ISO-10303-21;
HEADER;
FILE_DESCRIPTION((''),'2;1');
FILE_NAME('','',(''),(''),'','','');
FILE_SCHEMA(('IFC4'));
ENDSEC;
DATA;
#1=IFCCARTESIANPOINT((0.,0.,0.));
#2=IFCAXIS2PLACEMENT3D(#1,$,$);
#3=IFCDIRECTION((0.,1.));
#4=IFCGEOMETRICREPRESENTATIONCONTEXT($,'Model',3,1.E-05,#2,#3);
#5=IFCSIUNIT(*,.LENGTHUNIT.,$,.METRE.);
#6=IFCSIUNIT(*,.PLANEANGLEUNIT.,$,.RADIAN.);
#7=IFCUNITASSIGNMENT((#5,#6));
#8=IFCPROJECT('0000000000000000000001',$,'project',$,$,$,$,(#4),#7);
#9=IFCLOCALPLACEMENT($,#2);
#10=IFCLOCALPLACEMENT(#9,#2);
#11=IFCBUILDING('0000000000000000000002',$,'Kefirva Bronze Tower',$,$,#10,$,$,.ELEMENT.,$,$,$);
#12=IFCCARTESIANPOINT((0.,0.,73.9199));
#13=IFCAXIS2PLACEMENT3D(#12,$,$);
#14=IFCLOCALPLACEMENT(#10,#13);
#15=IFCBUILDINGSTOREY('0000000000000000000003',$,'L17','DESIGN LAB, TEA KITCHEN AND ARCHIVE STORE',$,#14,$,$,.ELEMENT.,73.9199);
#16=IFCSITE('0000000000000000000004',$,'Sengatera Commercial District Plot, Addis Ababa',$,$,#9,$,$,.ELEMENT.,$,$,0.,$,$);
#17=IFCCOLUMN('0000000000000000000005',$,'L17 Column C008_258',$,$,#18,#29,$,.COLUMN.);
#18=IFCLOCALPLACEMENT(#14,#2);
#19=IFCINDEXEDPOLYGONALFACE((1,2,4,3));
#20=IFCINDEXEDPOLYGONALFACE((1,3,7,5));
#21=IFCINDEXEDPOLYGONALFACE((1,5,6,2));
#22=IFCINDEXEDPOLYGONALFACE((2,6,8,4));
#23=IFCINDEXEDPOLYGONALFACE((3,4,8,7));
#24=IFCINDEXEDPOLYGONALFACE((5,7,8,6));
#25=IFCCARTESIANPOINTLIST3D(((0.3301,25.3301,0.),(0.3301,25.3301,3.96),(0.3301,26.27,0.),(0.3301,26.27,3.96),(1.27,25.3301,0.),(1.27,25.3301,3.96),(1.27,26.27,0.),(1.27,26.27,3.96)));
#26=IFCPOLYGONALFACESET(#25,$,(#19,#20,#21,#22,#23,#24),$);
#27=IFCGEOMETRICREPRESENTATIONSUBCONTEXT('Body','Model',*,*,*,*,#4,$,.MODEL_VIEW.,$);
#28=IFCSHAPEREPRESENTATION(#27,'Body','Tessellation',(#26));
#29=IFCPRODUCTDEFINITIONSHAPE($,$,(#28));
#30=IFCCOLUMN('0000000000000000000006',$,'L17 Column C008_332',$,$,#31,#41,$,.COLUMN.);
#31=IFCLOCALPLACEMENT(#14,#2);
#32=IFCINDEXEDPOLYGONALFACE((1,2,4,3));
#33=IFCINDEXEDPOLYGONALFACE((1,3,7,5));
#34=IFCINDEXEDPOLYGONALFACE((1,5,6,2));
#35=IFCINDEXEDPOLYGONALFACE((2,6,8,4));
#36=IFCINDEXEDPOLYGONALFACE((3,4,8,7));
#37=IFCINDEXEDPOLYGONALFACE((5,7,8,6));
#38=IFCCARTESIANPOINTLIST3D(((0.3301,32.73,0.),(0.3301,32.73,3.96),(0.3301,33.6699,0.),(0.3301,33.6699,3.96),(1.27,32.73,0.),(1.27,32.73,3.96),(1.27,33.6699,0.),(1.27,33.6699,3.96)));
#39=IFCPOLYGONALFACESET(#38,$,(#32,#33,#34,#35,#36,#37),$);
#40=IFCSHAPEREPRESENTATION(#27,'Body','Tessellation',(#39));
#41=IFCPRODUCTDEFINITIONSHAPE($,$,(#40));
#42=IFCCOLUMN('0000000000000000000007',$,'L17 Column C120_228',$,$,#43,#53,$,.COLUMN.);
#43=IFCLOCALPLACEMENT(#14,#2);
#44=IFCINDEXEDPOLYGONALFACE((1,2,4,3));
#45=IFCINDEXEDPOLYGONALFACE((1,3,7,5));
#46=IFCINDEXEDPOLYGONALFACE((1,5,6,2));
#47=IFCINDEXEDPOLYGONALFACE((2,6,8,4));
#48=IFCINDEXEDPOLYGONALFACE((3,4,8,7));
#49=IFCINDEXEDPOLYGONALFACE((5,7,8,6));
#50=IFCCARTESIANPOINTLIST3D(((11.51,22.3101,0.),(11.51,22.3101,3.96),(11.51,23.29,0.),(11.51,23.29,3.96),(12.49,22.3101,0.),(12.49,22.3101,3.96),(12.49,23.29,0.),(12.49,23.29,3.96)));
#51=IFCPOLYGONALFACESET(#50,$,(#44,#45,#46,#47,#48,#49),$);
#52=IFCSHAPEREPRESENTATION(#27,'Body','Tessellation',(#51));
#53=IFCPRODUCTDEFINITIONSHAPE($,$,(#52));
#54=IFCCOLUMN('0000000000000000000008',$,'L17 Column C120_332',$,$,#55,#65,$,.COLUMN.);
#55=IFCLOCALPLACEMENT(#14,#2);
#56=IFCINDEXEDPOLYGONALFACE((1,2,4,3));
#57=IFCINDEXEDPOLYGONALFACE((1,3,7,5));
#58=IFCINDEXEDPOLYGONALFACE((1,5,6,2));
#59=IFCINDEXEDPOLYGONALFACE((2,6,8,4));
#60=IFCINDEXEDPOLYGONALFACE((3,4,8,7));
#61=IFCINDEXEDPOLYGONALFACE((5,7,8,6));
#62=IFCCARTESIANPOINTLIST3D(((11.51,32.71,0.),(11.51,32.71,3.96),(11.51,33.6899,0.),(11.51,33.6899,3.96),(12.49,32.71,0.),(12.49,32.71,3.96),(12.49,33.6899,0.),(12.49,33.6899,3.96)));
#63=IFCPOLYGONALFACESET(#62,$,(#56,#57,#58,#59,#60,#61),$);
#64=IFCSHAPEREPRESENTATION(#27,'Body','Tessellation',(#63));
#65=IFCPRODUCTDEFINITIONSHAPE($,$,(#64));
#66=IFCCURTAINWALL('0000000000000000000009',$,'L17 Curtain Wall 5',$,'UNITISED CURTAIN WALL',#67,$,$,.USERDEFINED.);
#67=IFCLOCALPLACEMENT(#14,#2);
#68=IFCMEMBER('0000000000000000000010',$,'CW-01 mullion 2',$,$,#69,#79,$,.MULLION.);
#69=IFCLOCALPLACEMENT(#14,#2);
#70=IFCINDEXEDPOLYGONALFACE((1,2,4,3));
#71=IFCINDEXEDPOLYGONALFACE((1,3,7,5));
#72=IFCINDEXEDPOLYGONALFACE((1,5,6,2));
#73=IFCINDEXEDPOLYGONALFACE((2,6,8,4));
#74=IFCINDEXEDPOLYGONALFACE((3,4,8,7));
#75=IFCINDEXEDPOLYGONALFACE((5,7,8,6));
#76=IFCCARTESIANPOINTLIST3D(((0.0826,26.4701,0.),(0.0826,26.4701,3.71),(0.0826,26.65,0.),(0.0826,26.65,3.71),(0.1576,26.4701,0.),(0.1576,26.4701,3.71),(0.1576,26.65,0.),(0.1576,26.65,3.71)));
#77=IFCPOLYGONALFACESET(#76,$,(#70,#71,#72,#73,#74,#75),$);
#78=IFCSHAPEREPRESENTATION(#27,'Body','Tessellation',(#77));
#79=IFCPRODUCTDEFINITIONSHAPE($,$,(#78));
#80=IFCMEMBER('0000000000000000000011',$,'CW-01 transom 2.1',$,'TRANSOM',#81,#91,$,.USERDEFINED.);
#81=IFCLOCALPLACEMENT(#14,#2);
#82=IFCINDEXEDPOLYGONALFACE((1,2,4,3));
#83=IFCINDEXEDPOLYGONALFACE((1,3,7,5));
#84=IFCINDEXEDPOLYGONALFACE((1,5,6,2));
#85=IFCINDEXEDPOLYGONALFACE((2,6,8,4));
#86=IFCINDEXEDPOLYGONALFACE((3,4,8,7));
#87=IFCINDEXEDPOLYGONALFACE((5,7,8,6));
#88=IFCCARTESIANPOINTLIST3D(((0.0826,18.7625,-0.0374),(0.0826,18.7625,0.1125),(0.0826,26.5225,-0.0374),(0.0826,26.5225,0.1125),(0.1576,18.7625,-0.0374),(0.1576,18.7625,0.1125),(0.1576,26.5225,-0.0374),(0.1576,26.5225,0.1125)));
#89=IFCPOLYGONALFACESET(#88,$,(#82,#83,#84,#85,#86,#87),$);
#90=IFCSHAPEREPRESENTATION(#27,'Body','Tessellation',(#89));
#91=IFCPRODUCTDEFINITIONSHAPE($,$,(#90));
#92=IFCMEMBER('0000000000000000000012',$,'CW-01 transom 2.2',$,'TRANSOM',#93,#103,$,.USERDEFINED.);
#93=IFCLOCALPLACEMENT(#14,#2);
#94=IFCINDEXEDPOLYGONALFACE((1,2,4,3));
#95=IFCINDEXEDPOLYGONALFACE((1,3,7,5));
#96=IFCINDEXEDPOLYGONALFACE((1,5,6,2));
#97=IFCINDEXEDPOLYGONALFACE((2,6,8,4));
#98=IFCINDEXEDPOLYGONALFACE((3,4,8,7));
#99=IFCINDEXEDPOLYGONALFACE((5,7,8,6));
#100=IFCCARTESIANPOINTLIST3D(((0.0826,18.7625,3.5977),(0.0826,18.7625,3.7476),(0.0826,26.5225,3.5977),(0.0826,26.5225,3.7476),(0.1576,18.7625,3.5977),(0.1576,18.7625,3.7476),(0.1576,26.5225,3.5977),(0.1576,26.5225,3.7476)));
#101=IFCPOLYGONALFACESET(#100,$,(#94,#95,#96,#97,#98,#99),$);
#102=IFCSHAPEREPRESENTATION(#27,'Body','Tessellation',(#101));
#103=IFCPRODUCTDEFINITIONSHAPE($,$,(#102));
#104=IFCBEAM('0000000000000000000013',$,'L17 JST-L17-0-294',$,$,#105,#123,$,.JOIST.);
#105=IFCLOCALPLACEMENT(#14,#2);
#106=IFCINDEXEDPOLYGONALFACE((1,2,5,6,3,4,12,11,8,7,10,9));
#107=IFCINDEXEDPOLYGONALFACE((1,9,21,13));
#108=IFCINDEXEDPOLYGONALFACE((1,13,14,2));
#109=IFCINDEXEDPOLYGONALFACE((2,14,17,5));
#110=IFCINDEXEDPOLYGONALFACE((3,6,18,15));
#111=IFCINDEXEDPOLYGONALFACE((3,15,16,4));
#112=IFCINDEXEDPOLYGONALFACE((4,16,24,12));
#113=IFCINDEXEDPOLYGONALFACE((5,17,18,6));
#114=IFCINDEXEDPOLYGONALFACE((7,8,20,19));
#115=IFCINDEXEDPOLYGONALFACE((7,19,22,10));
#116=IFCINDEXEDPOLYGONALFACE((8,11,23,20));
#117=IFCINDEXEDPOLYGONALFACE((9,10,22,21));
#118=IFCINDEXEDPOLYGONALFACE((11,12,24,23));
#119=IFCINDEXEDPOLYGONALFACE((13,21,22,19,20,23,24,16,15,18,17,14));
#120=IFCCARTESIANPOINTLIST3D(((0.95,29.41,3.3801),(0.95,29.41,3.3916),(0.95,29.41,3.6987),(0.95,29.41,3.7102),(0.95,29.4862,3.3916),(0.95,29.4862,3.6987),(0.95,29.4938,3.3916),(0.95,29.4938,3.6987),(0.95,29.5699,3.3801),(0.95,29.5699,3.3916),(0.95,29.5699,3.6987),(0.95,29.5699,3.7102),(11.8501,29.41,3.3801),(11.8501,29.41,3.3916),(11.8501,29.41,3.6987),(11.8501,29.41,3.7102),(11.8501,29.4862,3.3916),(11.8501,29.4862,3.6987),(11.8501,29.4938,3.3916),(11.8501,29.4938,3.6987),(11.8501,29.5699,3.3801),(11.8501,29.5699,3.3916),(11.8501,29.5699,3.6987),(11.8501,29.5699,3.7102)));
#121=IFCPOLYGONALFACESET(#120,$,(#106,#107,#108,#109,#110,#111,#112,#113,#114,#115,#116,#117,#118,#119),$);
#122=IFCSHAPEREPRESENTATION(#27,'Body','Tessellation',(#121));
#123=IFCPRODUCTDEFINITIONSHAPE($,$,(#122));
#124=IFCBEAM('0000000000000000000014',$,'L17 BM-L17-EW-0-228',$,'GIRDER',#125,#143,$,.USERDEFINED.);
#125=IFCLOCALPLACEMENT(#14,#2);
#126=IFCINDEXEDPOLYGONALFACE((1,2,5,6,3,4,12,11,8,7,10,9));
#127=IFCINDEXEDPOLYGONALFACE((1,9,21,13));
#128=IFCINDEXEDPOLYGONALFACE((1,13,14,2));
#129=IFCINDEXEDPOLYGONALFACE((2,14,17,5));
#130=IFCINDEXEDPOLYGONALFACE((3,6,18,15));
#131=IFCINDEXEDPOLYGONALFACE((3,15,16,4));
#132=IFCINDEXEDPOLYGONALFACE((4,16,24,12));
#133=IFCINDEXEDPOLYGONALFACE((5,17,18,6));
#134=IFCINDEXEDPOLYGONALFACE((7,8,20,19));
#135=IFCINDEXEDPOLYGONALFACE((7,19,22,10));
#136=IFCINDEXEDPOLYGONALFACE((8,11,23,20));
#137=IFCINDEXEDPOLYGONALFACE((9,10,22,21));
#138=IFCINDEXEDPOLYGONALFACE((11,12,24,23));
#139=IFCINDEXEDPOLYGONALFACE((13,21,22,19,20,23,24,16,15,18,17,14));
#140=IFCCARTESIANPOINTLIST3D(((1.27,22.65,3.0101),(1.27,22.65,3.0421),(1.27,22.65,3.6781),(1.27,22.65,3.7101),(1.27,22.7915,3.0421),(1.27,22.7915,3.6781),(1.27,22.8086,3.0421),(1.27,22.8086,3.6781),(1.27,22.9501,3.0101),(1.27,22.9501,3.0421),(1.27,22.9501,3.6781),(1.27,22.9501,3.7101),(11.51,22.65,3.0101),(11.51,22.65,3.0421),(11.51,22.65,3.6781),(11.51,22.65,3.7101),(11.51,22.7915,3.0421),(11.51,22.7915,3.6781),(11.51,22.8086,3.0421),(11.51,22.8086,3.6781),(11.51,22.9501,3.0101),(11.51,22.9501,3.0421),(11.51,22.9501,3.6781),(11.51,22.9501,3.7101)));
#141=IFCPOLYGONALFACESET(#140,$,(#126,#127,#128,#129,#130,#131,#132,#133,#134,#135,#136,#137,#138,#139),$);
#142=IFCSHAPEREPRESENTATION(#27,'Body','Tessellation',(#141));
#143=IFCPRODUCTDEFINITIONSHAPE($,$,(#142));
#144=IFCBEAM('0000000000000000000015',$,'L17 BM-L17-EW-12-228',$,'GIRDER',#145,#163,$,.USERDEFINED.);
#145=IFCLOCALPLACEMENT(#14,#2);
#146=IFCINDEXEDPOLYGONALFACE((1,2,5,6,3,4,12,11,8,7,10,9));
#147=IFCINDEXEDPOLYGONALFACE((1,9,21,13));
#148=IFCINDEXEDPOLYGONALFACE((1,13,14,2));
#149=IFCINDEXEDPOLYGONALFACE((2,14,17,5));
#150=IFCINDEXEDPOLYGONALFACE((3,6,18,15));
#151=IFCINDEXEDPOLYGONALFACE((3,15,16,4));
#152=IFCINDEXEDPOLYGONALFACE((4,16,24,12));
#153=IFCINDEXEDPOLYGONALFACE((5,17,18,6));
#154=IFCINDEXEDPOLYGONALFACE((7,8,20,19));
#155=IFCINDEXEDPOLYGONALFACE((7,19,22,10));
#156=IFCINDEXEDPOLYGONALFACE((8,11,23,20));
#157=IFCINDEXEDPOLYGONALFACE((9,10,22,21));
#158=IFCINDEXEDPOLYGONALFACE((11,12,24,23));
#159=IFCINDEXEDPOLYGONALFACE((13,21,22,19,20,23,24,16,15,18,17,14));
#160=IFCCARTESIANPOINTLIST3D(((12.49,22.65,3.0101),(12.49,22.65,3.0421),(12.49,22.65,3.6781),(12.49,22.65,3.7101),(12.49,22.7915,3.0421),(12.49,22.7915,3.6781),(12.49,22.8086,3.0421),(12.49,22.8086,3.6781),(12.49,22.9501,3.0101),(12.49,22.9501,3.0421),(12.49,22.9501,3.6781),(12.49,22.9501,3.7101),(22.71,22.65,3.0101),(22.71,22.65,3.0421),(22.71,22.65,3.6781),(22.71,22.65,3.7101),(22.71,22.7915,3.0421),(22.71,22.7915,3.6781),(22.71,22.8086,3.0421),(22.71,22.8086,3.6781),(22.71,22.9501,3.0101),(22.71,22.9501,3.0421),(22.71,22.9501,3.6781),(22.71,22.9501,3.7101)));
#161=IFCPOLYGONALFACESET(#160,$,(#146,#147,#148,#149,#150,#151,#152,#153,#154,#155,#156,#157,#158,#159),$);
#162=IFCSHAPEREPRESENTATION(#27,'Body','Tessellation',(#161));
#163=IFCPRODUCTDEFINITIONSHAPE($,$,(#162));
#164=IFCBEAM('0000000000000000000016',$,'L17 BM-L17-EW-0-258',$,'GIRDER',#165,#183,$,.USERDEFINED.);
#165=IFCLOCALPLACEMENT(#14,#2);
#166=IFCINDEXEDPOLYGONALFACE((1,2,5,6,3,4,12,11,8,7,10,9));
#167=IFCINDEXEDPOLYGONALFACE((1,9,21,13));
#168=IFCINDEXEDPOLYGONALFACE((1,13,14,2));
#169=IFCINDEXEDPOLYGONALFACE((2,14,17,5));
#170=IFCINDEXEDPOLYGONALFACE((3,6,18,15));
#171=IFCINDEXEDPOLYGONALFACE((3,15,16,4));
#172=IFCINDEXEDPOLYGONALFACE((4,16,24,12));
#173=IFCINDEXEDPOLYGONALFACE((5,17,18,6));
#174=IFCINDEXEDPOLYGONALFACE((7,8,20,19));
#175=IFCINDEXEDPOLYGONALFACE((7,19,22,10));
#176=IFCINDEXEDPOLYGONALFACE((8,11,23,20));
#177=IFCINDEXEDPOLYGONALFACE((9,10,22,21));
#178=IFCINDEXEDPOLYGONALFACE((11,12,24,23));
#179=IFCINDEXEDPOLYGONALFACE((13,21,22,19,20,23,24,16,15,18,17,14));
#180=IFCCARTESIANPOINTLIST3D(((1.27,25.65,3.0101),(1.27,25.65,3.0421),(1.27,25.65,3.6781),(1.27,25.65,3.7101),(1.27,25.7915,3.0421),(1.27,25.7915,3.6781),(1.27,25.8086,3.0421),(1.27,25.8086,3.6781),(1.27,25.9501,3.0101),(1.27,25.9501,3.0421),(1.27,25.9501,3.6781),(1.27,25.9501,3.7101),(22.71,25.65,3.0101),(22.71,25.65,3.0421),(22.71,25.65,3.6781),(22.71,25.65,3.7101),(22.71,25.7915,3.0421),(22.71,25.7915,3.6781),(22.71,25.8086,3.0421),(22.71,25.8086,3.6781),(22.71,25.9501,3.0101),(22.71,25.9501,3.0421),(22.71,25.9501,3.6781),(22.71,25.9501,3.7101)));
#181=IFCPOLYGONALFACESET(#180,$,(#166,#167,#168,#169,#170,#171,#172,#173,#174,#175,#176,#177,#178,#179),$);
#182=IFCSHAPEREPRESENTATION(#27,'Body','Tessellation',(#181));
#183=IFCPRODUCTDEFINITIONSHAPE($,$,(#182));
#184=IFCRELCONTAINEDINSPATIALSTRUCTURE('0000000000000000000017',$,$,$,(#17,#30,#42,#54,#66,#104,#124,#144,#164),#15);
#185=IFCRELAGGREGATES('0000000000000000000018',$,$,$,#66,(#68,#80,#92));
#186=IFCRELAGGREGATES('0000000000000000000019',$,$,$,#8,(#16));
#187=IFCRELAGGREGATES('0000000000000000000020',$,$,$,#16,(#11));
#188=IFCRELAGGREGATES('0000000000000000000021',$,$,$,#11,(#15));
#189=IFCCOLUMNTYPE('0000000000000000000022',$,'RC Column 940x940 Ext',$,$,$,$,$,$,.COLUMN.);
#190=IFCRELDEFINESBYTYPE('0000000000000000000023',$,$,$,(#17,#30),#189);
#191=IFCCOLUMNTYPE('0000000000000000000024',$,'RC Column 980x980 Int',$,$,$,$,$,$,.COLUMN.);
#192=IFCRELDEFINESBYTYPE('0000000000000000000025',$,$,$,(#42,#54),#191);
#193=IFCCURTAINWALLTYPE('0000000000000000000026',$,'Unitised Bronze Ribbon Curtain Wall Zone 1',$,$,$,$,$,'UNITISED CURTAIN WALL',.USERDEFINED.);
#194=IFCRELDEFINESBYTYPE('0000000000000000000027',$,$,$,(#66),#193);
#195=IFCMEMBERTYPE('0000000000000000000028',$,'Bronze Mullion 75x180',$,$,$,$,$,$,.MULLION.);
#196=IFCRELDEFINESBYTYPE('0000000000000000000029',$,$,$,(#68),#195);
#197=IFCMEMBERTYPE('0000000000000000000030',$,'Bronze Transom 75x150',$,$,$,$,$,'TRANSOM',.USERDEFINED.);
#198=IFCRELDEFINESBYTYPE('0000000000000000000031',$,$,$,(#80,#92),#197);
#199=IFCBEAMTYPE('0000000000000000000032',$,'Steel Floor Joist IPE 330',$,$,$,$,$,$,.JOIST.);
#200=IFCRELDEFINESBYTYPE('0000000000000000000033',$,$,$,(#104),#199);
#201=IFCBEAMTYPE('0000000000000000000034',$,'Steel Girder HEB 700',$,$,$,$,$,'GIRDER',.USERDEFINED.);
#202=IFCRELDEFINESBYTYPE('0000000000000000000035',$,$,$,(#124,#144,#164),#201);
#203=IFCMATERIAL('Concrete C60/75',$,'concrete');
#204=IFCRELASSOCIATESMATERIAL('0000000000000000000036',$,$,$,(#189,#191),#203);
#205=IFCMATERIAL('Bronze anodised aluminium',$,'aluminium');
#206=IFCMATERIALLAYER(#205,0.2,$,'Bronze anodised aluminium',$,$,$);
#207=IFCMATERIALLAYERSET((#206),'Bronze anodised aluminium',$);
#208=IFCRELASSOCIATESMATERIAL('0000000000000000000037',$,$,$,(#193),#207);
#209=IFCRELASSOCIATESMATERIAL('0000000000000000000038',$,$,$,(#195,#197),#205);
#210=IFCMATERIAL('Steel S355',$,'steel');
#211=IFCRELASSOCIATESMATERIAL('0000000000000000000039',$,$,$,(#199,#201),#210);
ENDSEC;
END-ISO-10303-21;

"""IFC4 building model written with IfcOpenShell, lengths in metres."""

from ifc_helpers import new_model, si_unit, direction, frame, origin, origin_2d, place, context, subcontext, project, spatial, rectangle, i_section, extrude, material, layer, layer_set, material_profile, profile_set, type_object, element, aggregate, save


model = new_model("IFC4")

# Units and contexts
model_context = context("Model", 3, precision=1e-05, world=origin(), true_north=direction((0.0, 1.0)))
body_context = subcontext(model_context, "Body", "Model", "MODEL_VIEW")
ifc_project = project(units=[si_unit("LENGTHUNIT", "METRE"), si_unit("PLANEANGLEUNIT", "RADIAN")], contexts=[model_context])

# Site, building, storey
site_placement = place(None, origin())
site = spatial("IfcSite", under=ifc_project, at=site_placement, Name="Sengatera Commercial District Plot, Addis Ababa", CompositionType="ELEMENT", RefElevation=0.0)
building_placement = place(site_placement, origin())
building = spatial("IfcBuilding", under=site, at=building_placement, Name="Kefirva Bronze Tower", CompositionType="ELEMENT")
storey_placement = place(building_placement, frame((0.0, 0.0, 73.9199)))
storey = spatial("IfcBuildingStorey", under=building, at=storey_placement, Name="L17", Description="DESIGN LAB, TEA KITCHEN AND ARCHIVE STORE", CompositionType="ELEMENT", Elevation=73.9199)

# Columns
ifc_material_1 = material(Name="Concrete C60/75", Category="concrete")
ifc_material_profile_1 = material_profile(ifc_material_1, rectangle(XDim=0.9399, YDim=0.9399, at=origin_2d()), Name="RC 940x940")
ifc_profile_set_1 = profile_set([ifc_material_profile_1], Name="Concrete C60/75")
column_type_1 = type_object("IfcColumnType", Name="RC Column 940x940 Ext", PredefinedType="COLUMN", material=ifc_profile_set_1)
for number, where, z_axis, x_axis, name in (
    (1, (0.8, 25.8, 0.0), (0.0, 0.0, 1.0), (1.0, 0.0, 0.0), "L17 Column C008_258"),
    (2, (0.8, 33.2, 0.0), (0.0, 0.0, 1.0), (1.0, 0.0, 0.0), "L17 Column C008_332"),
):
    element("IfcColumn", number, at=place(storey_placement, frame(where, z_axis=z_axis, x_axis=x_axis)), inside=storey, type_object=column_type_1, Name=name, PredefinedType="COLUMN", context=body_context, shape_type="SweptSolid", body=[
        extrude(rectangle(XDim=0.9399, YDim=0.9399, at=origin_2d()), origin(), (0.0, 0.0, 1.0), 3.96),
    ])
ifc_material_profile_2 = material_profile(ifc_material_1, rectangle(XDim=0.98, YDim=0.98, at=origin_2d()), Name="RC 980x980")
ifc_profile_set_2 = profile_set([ifc_material_profile_2], Name="Concrete C60/75")
column_type_2 = type_object("IfcColumnType", Name="RC Column 980x980 Int", PredefinedType="COLUMN", material=ifc_profile_set_2)
for number, where, z_axis, x_axis, name in (
    (3, (12.0, 22.8, 0.0), (0.0, 0.0, 1.0), (1.0, 0.0, 0.0), "L17 Column C120_228"),
    (4, (12.0, 33.2, 0.0), (0.0, 0.0, 1.0), (1.0, 0.0, 0.0), "L17 Column C120_332"),
):
    element("IfcColumn", number, at=place(storey_placement, frame(where, z_axis=z_axis, x_axis=x_axis)), inside=storey, type_object=column_type_2, Name=name, PredefinedType="COLUMN", context=body_context, shape_type="SweptSolid", body=[
        extrude(rectangle(XDim=0.98, YDim=0.98, at=origin_2d()), origin(), (0.0, 0.0, 1.0), 3.96),
    ])

# Curtain wall, members
ifc_material_2 = material(Name="Bronze anodised aluminium", Category="aluminium")
ifc_layer_1 = layer(ifc_material_2, 0.2, Name="Bronze anodised aluminium")
ifc_layer_set_1 = layer_set([ifc_layer_1], Name="Bronze anodised aluminium")
curtain_wall_type = type_object("IfcCurtainWallType", Name="Unitised Bronze Ribbon Curtain Wall Zone 1", ElementType="UNITISED CURTAIN WALL", PredefinedType="USERDEFINED", material=ifc_layer_set_1)
curtain_wall_placement = place(storey_placement, origin())
curtain_wall = element("IfcCurtainWall", 5, at=curtain_wall_placement, inside=storey, type_object=curtain_wall_type, Name="L17 Curtain Wall 5", ObjectType="UNITISED CURTAIN WALL", PredefinedType="USERDEFINED")
ifc_material_profile_3 = material_profile(ifc_material_2, rectangle(XDim=0.075, YDim=0.1799, at=origin_2d()), Name="ALU 75x180")
ifc_profile_set_3 = profile_set([ifc_material_profile_3], Name="Bronze anodised aluminium")
member_type_1 = type_object("IfcMemberType", Name="Bronze Mullion 75x180", PredefinedType="MULLION", material=ifc_profile_set_3)
member_1_placement = place(storey_placement, frame((0.1201, 26.5601, 0.0), z_axis=(0.0, 0.0, 1.0), x_axis=(1.0, 0.0, 0.0)))
member_1 = element("IfcMember", 6, at=member_1_placement, type_object=member_type_1, Name="CW-01 mullion 2", PredefinedType="MULLION", context=body_context, shape_type="SweptSolid", body=[
    extrude(rectangle(XDim=0.075, YDim=0.1799, at=origin_2d()), origin(), (0.0, 0.0, 1.0), 3.71),
])
ifc_material_profile_4 = material_profile(ifc_material_2, rectangle(XDim=0.075, YDim=0.1499, at=origin_2d()), Name="ALU 75x150")
ifc_profile_set_4 = profile_set([ifc_material_profile_4], Name="Bronze anodised aluminium")
member_type_2 = type_object("IfcMemberType", Name="Bronze Transom 75x150", ElementType="TRANSOM", PredefinedType="USERDEFINED", material=ifc_profile_set_4)
member_2_placement = place(storey_placement, frame((0.1201, 26.5225, 0.0376), z_axis=(0.0, -1.0, 0.0), x_axis=(1.0, 0.0, 0.0)))
member_2 = element("IfcMember", 7, at=member_2_placement, type_object=member_type_2, Name="CW-01 transom 2.1", ObjectType="TRANSOM", PredefinedType="USERDEFINED", context=body_context, shape_type="SweptSolid", body=[
    extrude(rectangle(XDim=0.075, YDim=0.1499, at=origin_2d()), origin(), (0.0, 0.0, 1.0), 7.76),
])
member_3_placement = place(storey_placement, frame((0.1201, 26.5225, 3.6726), z_axis=(0.0, -1.0, 0.0), x_axis=(1.0, 0.0, 0.0)))
member_3 = element("IfcMember", 8, at=member_3_placement, type_object=member_type_2, Name="CW-01 transom 2.2", ObjectType="TRANSOM", PredefinedType="USERDEFINED", context=body_context, shape_type="SweptSolid", body=[
    extrude(rectangle(XDim=0.075, YDim=0.1499, at=origin_2d()), origin(), (0.0, 0.0, 1.0), 7.76),
])

# Beams
ifc_material_3 = material(Name="Steel S355", Category="steel")
ifc_material_profile_5 = material_profile(ifc_material_3, i_section(OverallWidth=0.1599, OverallDepth=0.3301, WebThickness=0.0076, FlangeThickness=0.0115, at=origin_2d()), Name="IPE 330")
ifc_profile_set_5 = profile_set([ifc_material_profile_5], Name="Steel S355")
beam_type_1 = type_object("IfcBeamType", Name="Steel Floor Joist IPE 330", PredefinedType="JOIST", material=ifc_profile_set_5)
beam_1_placement = place(storey_placement, frame((0.95, 29.49, 3.5452), z_axis=(1.0, 0.0, 0.0), x_axis=(0.0, 1.0, 0.0)))
element("IfcBeam", 9, at=beam_1_placement, inside=storey, type_object=beam_type_1, Name="L17 JST-L17-0-294", PredefinedType="JOIST", context=body_context, shape_type="SweptSolid", body=[
    extrude(i_section(OverallWidth=0.1599, OverallDepth=0.3301, WebThickness=0.0076, FlangeThickness=0.0115, at=origin_2d()), origin(), (0.0, 0.0, 1.0), 10.9001),
])
ifc_material_profile_6 = material_profile(ifc_material_3, i_section(OverallWidth=0.3, OverallDepth=0.7, WebThickness=0.0171, FlangeThickness=0.032, at=origin_2d()), Name="HEB 700")
ifc_profile_set_6 = profile_set([ifc_material_profile_6], Name="Steel S355")
beam_type_2 = type_object("IfcBeamType", Name="Steel Girder HEB 700", ElementType="GIRDER", PredefinedType="USERDEFINED", material=ifc_profile_set_6)
beam_2_placement = place(storey_placement, frame((1.27, 22.8, 3.3601), z_axis=(1.0, 0.0, 0.0), x_axis=(0.0, 1.0, 0.0)))
element("IfcBeam", 10, at=beam_2_placement, inside=storey, type_object=beam_type_2, Name="L17 BM-L17-EW-0-228", ObjectType="GIRDER", PredefinedType="USERDEFINED", context=body_context, shape_type="SweptSolid", body=[
    extrude(i_section(OverallWidth=0.3, OverallDepth=0.7, WebThickness=0.0171, FlangeThickness=0.032, at=origin_2d()), origin(), (0.0, 0.0, 1.0), 10.24),
])
beam_3_placement = place(storey_placement, frame((12.49, 22.8, 3.3601), z_axis=(1.0, 0.0, 0.0), x_axis=(0.0, 1.0, 0.0)))
element("IfcBeam", 11, at=beam_3_placement, inside=storey, type_object=beam_type_2, Name="L17 BM-L17-EW-12-228", ObjectType="GIRDER", PredefinedType="USERDEFINED", context=body_context, shape_type="SweptSolid", body=[
    extrude(i_section(OverallWidth=0.3, OverallDepth=0.7, WebThickness=0.0171, FlangeThickness=0.032, at=origin_2d()), origin(), (0.0, 0.0, 1.0), 10.22),
])
beam_4_placement = place(storey_placement, frame((1.27, 25.8, 3.3601), z_axis=(1.0, 0.0, 0.0), x_axis=(0.0, 1.0, 0.0)))
element("IfcBeam", 12, at=beam_4_placement, inside=storey, type_object=beam_type_2, Name="L17 BM-L17-EW-0-258", ObjectType="GIRDER", PredefinedType="USERDEFINED", context=body_context, shape_type="SweptSolid", body=[
    extrude(i_section(OverallWidth=0.3, OverallDepth=0.7, WebThickness=0.0171, FlangeThickness=0.032, at=origin_2d()), origin(), (0.0, 0.0, 1.0), 21.4399),
])

aggregate(curtain_wall, [member_1, member_2, member_3])

save(model, "model.ifc")
